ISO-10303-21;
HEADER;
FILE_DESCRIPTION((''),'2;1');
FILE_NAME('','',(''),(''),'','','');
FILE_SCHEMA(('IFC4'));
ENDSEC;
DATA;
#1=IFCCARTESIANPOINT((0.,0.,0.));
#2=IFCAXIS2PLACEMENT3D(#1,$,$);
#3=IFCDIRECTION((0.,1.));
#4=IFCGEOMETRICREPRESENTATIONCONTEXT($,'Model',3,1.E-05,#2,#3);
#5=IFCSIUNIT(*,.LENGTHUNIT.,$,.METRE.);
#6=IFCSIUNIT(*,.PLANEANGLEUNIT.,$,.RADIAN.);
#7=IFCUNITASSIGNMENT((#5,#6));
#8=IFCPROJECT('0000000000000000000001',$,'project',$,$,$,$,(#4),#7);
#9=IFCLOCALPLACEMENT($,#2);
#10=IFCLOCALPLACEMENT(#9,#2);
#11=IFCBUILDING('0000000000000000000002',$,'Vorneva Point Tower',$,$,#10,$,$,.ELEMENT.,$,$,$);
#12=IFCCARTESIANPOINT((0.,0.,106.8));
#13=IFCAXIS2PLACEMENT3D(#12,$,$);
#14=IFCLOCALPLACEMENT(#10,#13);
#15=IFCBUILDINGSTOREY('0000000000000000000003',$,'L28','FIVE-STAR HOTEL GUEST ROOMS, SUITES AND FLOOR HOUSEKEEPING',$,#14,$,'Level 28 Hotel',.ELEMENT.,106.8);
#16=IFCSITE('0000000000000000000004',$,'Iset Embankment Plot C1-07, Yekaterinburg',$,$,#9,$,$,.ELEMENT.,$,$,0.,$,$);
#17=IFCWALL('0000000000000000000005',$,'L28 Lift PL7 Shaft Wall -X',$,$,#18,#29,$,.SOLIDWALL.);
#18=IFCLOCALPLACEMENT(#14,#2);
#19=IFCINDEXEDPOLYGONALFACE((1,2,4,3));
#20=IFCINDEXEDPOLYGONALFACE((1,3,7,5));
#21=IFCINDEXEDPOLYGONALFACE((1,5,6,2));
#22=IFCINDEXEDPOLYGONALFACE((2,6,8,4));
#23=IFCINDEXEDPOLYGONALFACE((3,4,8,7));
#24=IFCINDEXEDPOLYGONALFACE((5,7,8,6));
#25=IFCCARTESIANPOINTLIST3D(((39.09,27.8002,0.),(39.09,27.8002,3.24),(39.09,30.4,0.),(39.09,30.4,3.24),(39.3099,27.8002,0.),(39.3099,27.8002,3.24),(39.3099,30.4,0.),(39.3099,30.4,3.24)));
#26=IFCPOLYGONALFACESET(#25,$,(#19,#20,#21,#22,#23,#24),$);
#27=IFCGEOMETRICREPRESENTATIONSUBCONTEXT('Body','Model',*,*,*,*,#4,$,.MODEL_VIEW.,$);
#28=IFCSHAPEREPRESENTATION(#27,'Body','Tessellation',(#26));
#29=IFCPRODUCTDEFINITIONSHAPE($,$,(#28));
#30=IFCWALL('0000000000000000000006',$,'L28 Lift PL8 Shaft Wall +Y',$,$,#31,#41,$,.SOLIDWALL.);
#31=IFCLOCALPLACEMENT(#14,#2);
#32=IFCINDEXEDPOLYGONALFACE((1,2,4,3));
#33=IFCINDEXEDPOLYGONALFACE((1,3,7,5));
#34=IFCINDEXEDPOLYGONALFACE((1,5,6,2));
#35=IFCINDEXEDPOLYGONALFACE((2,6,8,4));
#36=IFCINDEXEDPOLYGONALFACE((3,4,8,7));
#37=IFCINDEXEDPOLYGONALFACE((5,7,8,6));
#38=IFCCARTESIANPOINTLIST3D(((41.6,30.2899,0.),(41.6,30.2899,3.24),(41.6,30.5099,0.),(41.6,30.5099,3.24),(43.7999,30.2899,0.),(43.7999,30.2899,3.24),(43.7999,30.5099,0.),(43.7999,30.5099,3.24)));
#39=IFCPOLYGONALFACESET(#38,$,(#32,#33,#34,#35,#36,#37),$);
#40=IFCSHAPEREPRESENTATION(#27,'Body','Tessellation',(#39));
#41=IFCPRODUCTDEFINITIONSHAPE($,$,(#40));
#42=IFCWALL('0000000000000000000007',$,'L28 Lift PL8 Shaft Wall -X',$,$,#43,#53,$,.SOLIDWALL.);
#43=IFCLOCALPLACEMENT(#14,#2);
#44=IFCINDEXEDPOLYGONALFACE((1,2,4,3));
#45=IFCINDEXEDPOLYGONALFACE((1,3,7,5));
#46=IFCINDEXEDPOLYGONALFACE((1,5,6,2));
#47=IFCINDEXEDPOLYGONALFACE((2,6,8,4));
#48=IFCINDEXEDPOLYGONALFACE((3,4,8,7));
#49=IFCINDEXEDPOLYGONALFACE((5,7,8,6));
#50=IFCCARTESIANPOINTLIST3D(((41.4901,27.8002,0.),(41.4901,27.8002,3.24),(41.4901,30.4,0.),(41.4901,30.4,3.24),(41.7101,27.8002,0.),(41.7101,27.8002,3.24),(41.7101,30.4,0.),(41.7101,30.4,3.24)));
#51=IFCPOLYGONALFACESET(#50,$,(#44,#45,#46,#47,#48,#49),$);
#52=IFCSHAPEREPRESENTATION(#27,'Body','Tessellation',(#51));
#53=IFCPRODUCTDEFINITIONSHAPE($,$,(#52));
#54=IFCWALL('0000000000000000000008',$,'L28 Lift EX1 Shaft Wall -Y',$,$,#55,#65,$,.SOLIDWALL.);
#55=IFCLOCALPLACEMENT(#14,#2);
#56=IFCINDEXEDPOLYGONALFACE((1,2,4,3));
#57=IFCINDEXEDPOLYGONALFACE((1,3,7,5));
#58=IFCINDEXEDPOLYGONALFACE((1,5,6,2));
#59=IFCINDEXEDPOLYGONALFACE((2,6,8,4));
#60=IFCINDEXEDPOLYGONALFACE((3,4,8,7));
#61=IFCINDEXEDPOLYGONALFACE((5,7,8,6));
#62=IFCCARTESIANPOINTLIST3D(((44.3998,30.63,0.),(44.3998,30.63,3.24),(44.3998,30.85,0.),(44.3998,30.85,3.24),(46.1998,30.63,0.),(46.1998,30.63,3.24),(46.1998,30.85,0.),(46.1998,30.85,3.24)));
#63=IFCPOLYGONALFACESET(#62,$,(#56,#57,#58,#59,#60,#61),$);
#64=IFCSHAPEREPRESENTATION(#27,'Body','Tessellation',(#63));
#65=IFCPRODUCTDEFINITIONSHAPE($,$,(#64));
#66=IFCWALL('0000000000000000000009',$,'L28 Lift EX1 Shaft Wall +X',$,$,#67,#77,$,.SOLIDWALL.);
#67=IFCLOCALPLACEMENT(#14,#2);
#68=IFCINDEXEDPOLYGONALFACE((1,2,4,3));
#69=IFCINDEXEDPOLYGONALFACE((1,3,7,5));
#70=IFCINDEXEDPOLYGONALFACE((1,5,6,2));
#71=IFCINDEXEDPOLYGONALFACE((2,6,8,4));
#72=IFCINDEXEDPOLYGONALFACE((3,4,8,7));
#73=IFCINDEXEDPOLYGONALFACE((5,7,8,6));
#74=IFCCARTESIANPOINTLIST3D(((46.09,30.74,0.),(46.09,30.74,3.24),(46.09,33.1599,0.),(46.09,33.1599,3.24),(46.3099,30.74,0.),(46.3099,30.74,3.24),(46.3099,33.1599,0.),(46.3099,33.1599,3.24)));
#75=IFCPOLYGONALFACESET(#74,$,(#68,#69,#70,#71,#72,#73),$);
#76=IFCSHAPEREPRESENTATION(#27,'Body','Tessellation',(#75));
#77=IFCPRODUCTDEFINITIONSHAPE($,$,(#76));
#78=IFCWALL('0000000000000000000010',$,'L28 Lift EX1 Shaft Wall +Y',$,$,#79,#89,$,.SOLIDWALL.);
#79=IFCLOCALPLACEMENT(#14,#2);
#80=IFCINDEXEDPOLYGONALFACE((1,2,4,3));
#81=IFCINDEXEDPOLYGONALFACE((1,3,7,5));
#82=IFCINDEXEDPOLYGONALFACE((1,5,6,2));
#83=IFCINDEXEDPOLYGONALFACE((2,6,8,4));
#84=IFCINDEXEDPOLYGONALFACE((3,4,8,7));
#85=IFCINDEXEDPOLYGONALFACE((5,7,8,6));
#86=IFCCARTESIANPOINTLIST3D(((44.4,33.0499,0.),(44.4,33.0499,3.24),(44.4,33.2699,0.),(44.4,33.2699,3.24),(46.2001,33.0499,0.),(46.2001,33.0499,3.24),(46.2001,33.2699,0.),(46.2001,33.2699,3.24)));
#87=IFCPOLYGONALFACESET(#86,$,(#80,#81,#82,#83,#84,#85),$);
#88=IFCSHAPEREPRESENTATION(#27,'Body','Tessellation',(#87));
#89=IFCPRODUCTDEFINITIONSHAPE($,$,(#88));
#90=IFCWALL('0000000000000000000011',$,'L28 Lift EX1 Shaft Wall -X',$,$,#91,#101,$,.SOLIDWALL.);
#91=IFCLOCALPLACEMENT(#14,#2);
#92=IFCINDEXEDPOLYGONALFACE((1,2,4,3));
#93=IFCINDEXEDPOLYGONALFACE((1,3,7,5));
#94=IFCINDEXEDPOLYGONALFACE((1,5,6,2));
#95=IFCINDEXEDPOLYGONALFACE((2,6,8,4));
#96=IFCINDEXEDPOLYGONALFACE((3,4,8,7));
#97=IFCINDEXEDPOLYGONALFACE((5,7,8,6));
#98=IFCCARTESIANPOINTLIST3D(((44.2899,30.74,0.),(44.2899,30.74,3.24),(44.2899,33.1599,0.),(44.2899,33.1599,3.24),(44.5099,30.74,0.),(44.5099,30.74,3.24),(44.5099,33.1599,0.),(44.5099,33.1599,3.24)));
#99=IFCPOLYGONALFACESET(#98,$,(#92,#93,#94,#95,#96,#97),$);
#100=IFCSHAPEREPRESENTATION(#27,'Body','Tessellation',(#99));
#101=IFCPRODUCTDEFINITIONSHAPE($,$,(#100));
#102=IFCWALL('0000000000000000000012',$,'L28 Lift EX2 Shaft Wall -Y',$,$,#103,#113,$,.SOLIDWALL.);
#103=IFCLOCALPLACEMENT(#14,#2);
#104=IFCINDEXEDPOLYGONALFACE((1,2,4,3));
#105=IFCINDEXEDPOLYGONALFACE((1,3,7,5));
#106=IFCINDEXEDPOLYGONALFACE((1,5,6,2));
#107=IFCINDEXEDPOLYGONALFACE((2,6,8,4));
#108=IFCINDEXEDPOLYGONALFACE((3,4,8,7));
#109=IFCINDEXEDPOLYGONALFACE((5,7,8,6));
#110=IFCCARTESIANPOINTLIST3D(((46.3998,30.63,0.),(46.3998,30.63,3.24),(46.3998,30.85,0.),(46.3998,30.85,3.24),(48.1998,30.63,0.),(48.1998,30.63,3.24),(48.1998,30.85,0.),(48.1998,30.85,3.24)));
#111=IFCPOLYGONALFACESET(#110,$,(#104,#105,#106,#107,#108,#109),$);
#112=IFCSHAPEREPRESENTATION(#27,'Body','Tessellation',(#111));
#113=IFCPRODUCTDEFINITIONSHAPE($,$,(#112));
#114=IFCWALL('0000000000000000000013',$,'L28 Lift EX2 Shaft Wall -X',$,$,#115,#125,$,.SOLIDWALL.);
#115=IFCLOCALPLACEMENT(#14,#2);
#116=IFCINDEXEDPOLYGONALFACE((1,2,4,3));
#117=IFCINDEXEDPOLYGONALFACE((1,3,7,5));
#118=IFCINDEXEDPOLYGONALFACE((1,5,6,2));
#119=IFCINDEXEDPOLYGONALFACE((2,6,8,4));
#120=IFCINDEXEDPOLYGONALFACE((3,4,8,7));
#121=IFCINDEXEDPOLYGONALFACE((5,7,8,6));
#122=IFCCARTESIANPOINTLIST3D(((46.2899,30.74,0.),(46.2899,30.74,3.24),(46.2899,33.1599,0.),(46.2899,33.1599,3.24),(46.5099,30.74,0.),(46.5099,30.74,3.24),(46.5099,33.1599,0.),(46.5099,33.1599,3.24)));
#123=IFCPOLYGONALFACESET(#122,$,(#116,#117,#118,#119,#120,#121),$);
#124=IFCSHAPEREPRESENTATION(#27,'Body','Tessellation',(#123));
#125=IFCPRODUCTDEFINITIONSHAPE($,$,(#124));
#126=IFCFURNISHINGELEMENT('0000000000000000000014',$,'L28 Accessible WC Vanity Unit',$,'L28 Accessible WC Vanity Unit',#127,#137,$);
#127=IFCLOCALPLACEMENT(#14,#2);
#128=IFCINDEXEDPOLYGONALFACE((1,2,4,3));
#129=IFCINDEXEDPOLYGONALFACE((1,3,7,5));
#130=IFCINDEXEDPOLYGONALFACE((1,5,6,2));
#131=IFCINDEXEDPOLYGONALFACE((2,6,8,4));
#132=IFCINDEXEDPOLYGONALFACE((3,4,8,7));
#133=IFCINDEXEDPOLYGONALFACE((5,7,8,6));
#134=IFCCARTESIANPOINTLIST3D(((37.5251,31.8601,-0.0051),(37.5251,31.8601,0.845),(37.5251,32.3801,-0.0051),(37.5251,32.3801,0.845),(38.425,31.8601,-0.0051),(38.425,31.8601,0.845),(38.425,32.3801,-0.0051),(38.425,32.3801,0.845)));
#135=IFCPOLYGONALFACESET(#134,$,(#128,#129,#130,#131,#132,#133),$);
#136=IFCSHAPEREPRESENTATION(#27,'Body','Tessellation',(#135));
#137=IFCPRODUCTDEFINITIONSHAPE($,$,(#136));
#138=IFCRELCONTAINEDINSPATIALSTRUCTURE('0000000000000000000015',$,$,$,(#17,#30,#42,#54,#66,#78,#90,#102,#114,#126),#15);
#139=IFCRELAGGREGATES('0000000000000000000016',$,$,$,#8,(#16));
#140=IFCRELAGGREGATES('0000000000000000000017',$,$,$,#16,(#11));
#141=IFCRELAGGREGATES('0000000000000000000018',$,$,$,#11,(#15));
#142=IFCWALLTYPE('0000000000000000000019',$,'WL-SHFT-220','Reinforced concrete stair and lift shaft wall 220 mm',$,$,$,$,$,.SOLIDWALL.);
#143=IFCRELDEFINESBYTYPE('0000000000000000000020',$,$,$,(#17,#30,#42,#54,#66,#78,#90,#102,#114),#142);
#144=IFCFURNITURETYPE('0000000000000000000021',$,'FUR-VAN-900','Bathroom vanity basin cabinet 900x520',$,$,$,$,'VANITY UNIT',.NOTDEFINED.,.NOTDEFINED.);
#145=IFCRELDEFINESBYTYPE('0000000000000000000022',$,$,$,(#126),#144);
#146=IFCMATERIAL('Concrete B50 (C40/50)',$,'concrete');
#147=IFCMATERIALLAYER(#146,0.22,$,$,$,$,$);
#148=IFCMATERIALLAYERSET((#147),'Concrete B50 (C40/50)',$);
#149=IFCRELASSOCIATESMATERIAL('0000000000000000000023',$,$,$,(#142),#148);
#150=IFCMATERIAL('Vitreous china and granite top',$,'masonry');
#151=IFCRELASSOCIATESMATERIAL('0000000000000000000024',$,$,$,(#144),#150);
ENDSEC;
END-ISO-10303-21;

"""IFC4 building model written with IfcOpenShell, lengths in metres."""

from ifc_helpers import new_model, si_unit, direction, frame, frame_2d, origin, origin_2d, place, context, subcontext, project, spatial, rectangle, extrude, material, layer, layer_set, type_object, element, save


model = new_model("IFC4")

# Units and contexts
model_context = context("Model", 3, precision=1e-05, world=origin(), true_north=direction((0.0, 1.0)))
body_context = subcontext(model_context, "Body", "Model", "MODEL_VIEW")
ifc_project = project(units=[si_unit("LENGTHUNIT", "METRE"), si_unit("PLANEANGLEUNIT", "RADIAN")], contexts=[model_context])

# Site, building, storey
site_placement = place(None, origin())
site = spatial("IfcSite", under=ifc_project, at=site_placement, Name="Iset Embankment Plot C1-07, Yekaterinburg", CompositionType="ELEMENT", RefElevation=0.0)
building_placement = place(site_placement, origin())
building = spatial("IfcBuilding", under=site, at=building_placement, Name="Vorneva Point Tower", CompositionType="ELEMENT")
storey_placement = place(building_placement, frame((0.0, 0.0, 106.8)))
storey = spatial("IfcBuildingStorey", under=building, at=storey_placement, Name="L28", Description="FIVE-STAR HOTEL GUEST ROOMS, SUITES AND FLOOR HOUSEKEEPING", LongName="Level 28 Hotel", CompositionType="ELEMENT", Elevation=106.8)

# Walls
ifc_material_1 = material(Name="Concrete B50 (C40/50)", Category="concrete")
ifc_layer_1 = layer(ifc_material_1, 0.22)
ifc_layer_set_1 = layer_set([ifc_layer_1], Name="Concrete B50 (C40/50)")
wall_type_1 = type_object("IfcWallType", Name="WL-SHFT-220", Description="Reinforced concrete stair and lift shaft wall 220 mm", PredefinedType="SOLIDWALL", material=ifc_layer_set_1)
wall_1_placement = place(storey_placement, frame((39.2, 30.3999, 0.0), z_axis=(0.0, 0.0, 1.0), x_axis=(0.0, -1.0, 0.0)))
element("IfcWall", 1, at=wall_1_placement, inside=storey, type_object=wall_type_1, Name="L28 Lift PL7 Shaft Wall -X", PredefinedType="SOLIDWALL", context=body_context, shape_type="SweptSolid", body=[
    extrude(rectangle(XDim=2.5999, YDim=0.22, at=frame_2d((1.2998, 0.0))), origin(), (0.0, 0.0, 1.0), 3.24),
])
wall_2_placement = place(storey_placement, frame((43.8, 30.3999, 0.0), z_axis=(0.0, 0.0, 1.0), x_axis=(-1.0, 0.0, 0.0)))
element("IfcWall", 2, at=wall_2_placement, inside=storey, type_object=wall_type_1, Name="L28 Lift PL8 Shaft Wall +Y", PredefinedType="SOLIDWALL", context=body_context, shape_type="SweptSolid", body=[
    extrude(rectangle(XDim=2.2, YDim=0.22, at=frame_2d((1.1001, 0.0))), origin(), (0.0, 0.0, 1.0), 3.24),
])
wall_3_placement = place(storey_placement, frame((41.6001, 30.3999, 0.0), z_axis=(0.0, 0.0, 1.0), x_axis=(0.0, -1.0, 0.0)))
element("IfcWall", 3, at=wall_3_placement, inside=storey, type_object=wall_type_1, Name="L28 Lift PL8 Shaft Wall -X", PredefinedType="SOLIDWALL", context=body_context, shape_type="SweptSolid", body=[
    extrude(rectangle(XDim=2.5999, YDim=0.22, at=frame_2d((1.2998, 0.0))), origin(), (0.0, 0.0, 1.0), 3.24),
])
wall_4_placement = place(storey_placement, frame((44.3999, 30.74, 0.0), z_axis=(0.0, 0.0, 1.0), x_axis=(1.0, 0.0, 0.0)))
element("IfcWall", 4, at=wall_4_placement, inside=storey, type_object=wall_type_1, Name="L28 Lift EX1 Shaft Wall -Y", PredefinedType="SOLIDWALL", context=body_context, shape_type="SweptSolid", body=[
    extrude(rectangle(XDim=1.8, YDim=0.22, at=frame_2d((0.8999, 0.0))), origin(), (0.0, 0.0, 1.0), 3.24),
])
wall_5_placement = place(storey_placement, frame((46.2, 30.74, 0.0), z_axis=(0.0, 0.0, 1.0), x_axis=(0.0, 1.0, 0.0)))
element("IfcWall", 5, at=wall_5_placement, inside=storey, type_object=wall_type_1, Name="L28 Lift EX1 Shaft Wall +X", PredefinedType="SOLIDWALL", context=body_context, shape_type="SweptSolid", body=[
    extrude(rectangle(XDim=2.4199, YDim=0.22, at=frame_2d((1.21, 0.0))), origin(), (0.0, 0.0, 1.0), 3.24),
])
wall_6_placement = place(storey_placement, frame((46.2, 33.1599, 0.0), z_axis=(0.0, 0.0, 1.0), x_axis=(-1.0, 0.0, 0.0)))
element("IfcWall", 6, at=wall_6_placement, inside=storey, type_object=wall_type_1, Name="L28 Lift EX1 Shaft Wall +Y", PredefinedType="SOLIDWALL", context=body_context, shape_type="SweptSolid", body=[
    extrude(rectangle(XDim=1.8, YDim=0.22, at=frame_2d((0.8999, 0.0))), origin(), (0.0, 0.0, 1.0), 3.24),
])
wall_7_placement = place(storey_placement, frame((44.3999, 33.1599, 0.0), z_axis=(0.0, 0.0, 1.0), x_axis=(0.0, -1.0, 0.0)))
element("IfcWall", 7, at=wall_7_placement, inside=storey, type_object=wall_type_1, Name="L28 Lift EX1 Shaft Wall -X", PredefinedType="SOLIDWALL", context=body_context, shape_type="SweptSolid", body=[
    extrude(rectangle(XDim=2.4199, YDim=0.22, at=frame_2d((1.21, 0.0))), origin(), (0.0, 0.0, 1.0), 3.24),
])
wall_8_placement = place(storey_placement, frame((46.3999, 30.74, 0.0), z_axis=(0.0, 0.0, 1.0), x_axis=(1.0, 0.0, 0.0)))
element("IfcWall", 8, at=wall_8_placement, inside=storey, type_object=wall_type_1, Name="L28 Lift EX2 Shaft Wall -Y", PredefinedType="SOLIDWALL", context=body_context, shape_type="SweptSolid", body=[
    extrude(rectangle(XDim=1.8, YDim=0.22, at=frame_2d((0.8999, 0.0))), origin(), (0.0, 0.0, 1.0), 3.24),
])
wall_9_placement = place(storey_placement, frame((46.3999, 33.1599, 0.0), z_axis=(0.0, 0.0, 1.0), x_axis=(0.0, -1.0, 0.0)))
element("IfcWall", 9, at=wall_9_placement, inside=storey, type_object=wall_type_1, Name="L28 Lift EX2 Shaft Wall -X", PredefinedType="SOLIDWALL", context=body_context, shape_type="SweptSolid", body=[
    extrude(rectangle(XDim=2.4199, YDim=0.22, at=frame_2d((1.21, 0.0))), origin(), (0.0, 0.0, 1.0), 3.24),
])

# Furnishing element
ifc_material_2 = material(Name="Vitreous china and granite top", Category="masonry")
furniture_type = type_object("IfcFurnitureType", Name="FUR-VAN-900", Description="Bathroom vanity basin cabinet 900x520", ElementType="VANITY UNIT", AssemblyPlace="NOTDEFINED", PredefinedType="NOTDEFINED", material=ifc_material_2)
furnishing_placement = place(storey_placement, frame((37.9751, 32.1201, -0.0051), z_axis=(0.0, 0.0, 1.0), x_axis=(1.0, 0.0, 0.0)))
element("IfcFurnishingElement", 10, at=furnishing_placement, inside=storey, type_object=furniture_type, Name="L28 Accessible WC Vanity Unit", ObjectType="L28 Accessible WC Vanity Unit", context=body_context, shape_type="SweptSolid", body=[
    extrude(rectangle(XDim=0.8999, YDim=0.52, at=origin_2d()), origin(), (0.0, 0.0, 1.0), 0.8501),
])

save(model, "model.ifc")
